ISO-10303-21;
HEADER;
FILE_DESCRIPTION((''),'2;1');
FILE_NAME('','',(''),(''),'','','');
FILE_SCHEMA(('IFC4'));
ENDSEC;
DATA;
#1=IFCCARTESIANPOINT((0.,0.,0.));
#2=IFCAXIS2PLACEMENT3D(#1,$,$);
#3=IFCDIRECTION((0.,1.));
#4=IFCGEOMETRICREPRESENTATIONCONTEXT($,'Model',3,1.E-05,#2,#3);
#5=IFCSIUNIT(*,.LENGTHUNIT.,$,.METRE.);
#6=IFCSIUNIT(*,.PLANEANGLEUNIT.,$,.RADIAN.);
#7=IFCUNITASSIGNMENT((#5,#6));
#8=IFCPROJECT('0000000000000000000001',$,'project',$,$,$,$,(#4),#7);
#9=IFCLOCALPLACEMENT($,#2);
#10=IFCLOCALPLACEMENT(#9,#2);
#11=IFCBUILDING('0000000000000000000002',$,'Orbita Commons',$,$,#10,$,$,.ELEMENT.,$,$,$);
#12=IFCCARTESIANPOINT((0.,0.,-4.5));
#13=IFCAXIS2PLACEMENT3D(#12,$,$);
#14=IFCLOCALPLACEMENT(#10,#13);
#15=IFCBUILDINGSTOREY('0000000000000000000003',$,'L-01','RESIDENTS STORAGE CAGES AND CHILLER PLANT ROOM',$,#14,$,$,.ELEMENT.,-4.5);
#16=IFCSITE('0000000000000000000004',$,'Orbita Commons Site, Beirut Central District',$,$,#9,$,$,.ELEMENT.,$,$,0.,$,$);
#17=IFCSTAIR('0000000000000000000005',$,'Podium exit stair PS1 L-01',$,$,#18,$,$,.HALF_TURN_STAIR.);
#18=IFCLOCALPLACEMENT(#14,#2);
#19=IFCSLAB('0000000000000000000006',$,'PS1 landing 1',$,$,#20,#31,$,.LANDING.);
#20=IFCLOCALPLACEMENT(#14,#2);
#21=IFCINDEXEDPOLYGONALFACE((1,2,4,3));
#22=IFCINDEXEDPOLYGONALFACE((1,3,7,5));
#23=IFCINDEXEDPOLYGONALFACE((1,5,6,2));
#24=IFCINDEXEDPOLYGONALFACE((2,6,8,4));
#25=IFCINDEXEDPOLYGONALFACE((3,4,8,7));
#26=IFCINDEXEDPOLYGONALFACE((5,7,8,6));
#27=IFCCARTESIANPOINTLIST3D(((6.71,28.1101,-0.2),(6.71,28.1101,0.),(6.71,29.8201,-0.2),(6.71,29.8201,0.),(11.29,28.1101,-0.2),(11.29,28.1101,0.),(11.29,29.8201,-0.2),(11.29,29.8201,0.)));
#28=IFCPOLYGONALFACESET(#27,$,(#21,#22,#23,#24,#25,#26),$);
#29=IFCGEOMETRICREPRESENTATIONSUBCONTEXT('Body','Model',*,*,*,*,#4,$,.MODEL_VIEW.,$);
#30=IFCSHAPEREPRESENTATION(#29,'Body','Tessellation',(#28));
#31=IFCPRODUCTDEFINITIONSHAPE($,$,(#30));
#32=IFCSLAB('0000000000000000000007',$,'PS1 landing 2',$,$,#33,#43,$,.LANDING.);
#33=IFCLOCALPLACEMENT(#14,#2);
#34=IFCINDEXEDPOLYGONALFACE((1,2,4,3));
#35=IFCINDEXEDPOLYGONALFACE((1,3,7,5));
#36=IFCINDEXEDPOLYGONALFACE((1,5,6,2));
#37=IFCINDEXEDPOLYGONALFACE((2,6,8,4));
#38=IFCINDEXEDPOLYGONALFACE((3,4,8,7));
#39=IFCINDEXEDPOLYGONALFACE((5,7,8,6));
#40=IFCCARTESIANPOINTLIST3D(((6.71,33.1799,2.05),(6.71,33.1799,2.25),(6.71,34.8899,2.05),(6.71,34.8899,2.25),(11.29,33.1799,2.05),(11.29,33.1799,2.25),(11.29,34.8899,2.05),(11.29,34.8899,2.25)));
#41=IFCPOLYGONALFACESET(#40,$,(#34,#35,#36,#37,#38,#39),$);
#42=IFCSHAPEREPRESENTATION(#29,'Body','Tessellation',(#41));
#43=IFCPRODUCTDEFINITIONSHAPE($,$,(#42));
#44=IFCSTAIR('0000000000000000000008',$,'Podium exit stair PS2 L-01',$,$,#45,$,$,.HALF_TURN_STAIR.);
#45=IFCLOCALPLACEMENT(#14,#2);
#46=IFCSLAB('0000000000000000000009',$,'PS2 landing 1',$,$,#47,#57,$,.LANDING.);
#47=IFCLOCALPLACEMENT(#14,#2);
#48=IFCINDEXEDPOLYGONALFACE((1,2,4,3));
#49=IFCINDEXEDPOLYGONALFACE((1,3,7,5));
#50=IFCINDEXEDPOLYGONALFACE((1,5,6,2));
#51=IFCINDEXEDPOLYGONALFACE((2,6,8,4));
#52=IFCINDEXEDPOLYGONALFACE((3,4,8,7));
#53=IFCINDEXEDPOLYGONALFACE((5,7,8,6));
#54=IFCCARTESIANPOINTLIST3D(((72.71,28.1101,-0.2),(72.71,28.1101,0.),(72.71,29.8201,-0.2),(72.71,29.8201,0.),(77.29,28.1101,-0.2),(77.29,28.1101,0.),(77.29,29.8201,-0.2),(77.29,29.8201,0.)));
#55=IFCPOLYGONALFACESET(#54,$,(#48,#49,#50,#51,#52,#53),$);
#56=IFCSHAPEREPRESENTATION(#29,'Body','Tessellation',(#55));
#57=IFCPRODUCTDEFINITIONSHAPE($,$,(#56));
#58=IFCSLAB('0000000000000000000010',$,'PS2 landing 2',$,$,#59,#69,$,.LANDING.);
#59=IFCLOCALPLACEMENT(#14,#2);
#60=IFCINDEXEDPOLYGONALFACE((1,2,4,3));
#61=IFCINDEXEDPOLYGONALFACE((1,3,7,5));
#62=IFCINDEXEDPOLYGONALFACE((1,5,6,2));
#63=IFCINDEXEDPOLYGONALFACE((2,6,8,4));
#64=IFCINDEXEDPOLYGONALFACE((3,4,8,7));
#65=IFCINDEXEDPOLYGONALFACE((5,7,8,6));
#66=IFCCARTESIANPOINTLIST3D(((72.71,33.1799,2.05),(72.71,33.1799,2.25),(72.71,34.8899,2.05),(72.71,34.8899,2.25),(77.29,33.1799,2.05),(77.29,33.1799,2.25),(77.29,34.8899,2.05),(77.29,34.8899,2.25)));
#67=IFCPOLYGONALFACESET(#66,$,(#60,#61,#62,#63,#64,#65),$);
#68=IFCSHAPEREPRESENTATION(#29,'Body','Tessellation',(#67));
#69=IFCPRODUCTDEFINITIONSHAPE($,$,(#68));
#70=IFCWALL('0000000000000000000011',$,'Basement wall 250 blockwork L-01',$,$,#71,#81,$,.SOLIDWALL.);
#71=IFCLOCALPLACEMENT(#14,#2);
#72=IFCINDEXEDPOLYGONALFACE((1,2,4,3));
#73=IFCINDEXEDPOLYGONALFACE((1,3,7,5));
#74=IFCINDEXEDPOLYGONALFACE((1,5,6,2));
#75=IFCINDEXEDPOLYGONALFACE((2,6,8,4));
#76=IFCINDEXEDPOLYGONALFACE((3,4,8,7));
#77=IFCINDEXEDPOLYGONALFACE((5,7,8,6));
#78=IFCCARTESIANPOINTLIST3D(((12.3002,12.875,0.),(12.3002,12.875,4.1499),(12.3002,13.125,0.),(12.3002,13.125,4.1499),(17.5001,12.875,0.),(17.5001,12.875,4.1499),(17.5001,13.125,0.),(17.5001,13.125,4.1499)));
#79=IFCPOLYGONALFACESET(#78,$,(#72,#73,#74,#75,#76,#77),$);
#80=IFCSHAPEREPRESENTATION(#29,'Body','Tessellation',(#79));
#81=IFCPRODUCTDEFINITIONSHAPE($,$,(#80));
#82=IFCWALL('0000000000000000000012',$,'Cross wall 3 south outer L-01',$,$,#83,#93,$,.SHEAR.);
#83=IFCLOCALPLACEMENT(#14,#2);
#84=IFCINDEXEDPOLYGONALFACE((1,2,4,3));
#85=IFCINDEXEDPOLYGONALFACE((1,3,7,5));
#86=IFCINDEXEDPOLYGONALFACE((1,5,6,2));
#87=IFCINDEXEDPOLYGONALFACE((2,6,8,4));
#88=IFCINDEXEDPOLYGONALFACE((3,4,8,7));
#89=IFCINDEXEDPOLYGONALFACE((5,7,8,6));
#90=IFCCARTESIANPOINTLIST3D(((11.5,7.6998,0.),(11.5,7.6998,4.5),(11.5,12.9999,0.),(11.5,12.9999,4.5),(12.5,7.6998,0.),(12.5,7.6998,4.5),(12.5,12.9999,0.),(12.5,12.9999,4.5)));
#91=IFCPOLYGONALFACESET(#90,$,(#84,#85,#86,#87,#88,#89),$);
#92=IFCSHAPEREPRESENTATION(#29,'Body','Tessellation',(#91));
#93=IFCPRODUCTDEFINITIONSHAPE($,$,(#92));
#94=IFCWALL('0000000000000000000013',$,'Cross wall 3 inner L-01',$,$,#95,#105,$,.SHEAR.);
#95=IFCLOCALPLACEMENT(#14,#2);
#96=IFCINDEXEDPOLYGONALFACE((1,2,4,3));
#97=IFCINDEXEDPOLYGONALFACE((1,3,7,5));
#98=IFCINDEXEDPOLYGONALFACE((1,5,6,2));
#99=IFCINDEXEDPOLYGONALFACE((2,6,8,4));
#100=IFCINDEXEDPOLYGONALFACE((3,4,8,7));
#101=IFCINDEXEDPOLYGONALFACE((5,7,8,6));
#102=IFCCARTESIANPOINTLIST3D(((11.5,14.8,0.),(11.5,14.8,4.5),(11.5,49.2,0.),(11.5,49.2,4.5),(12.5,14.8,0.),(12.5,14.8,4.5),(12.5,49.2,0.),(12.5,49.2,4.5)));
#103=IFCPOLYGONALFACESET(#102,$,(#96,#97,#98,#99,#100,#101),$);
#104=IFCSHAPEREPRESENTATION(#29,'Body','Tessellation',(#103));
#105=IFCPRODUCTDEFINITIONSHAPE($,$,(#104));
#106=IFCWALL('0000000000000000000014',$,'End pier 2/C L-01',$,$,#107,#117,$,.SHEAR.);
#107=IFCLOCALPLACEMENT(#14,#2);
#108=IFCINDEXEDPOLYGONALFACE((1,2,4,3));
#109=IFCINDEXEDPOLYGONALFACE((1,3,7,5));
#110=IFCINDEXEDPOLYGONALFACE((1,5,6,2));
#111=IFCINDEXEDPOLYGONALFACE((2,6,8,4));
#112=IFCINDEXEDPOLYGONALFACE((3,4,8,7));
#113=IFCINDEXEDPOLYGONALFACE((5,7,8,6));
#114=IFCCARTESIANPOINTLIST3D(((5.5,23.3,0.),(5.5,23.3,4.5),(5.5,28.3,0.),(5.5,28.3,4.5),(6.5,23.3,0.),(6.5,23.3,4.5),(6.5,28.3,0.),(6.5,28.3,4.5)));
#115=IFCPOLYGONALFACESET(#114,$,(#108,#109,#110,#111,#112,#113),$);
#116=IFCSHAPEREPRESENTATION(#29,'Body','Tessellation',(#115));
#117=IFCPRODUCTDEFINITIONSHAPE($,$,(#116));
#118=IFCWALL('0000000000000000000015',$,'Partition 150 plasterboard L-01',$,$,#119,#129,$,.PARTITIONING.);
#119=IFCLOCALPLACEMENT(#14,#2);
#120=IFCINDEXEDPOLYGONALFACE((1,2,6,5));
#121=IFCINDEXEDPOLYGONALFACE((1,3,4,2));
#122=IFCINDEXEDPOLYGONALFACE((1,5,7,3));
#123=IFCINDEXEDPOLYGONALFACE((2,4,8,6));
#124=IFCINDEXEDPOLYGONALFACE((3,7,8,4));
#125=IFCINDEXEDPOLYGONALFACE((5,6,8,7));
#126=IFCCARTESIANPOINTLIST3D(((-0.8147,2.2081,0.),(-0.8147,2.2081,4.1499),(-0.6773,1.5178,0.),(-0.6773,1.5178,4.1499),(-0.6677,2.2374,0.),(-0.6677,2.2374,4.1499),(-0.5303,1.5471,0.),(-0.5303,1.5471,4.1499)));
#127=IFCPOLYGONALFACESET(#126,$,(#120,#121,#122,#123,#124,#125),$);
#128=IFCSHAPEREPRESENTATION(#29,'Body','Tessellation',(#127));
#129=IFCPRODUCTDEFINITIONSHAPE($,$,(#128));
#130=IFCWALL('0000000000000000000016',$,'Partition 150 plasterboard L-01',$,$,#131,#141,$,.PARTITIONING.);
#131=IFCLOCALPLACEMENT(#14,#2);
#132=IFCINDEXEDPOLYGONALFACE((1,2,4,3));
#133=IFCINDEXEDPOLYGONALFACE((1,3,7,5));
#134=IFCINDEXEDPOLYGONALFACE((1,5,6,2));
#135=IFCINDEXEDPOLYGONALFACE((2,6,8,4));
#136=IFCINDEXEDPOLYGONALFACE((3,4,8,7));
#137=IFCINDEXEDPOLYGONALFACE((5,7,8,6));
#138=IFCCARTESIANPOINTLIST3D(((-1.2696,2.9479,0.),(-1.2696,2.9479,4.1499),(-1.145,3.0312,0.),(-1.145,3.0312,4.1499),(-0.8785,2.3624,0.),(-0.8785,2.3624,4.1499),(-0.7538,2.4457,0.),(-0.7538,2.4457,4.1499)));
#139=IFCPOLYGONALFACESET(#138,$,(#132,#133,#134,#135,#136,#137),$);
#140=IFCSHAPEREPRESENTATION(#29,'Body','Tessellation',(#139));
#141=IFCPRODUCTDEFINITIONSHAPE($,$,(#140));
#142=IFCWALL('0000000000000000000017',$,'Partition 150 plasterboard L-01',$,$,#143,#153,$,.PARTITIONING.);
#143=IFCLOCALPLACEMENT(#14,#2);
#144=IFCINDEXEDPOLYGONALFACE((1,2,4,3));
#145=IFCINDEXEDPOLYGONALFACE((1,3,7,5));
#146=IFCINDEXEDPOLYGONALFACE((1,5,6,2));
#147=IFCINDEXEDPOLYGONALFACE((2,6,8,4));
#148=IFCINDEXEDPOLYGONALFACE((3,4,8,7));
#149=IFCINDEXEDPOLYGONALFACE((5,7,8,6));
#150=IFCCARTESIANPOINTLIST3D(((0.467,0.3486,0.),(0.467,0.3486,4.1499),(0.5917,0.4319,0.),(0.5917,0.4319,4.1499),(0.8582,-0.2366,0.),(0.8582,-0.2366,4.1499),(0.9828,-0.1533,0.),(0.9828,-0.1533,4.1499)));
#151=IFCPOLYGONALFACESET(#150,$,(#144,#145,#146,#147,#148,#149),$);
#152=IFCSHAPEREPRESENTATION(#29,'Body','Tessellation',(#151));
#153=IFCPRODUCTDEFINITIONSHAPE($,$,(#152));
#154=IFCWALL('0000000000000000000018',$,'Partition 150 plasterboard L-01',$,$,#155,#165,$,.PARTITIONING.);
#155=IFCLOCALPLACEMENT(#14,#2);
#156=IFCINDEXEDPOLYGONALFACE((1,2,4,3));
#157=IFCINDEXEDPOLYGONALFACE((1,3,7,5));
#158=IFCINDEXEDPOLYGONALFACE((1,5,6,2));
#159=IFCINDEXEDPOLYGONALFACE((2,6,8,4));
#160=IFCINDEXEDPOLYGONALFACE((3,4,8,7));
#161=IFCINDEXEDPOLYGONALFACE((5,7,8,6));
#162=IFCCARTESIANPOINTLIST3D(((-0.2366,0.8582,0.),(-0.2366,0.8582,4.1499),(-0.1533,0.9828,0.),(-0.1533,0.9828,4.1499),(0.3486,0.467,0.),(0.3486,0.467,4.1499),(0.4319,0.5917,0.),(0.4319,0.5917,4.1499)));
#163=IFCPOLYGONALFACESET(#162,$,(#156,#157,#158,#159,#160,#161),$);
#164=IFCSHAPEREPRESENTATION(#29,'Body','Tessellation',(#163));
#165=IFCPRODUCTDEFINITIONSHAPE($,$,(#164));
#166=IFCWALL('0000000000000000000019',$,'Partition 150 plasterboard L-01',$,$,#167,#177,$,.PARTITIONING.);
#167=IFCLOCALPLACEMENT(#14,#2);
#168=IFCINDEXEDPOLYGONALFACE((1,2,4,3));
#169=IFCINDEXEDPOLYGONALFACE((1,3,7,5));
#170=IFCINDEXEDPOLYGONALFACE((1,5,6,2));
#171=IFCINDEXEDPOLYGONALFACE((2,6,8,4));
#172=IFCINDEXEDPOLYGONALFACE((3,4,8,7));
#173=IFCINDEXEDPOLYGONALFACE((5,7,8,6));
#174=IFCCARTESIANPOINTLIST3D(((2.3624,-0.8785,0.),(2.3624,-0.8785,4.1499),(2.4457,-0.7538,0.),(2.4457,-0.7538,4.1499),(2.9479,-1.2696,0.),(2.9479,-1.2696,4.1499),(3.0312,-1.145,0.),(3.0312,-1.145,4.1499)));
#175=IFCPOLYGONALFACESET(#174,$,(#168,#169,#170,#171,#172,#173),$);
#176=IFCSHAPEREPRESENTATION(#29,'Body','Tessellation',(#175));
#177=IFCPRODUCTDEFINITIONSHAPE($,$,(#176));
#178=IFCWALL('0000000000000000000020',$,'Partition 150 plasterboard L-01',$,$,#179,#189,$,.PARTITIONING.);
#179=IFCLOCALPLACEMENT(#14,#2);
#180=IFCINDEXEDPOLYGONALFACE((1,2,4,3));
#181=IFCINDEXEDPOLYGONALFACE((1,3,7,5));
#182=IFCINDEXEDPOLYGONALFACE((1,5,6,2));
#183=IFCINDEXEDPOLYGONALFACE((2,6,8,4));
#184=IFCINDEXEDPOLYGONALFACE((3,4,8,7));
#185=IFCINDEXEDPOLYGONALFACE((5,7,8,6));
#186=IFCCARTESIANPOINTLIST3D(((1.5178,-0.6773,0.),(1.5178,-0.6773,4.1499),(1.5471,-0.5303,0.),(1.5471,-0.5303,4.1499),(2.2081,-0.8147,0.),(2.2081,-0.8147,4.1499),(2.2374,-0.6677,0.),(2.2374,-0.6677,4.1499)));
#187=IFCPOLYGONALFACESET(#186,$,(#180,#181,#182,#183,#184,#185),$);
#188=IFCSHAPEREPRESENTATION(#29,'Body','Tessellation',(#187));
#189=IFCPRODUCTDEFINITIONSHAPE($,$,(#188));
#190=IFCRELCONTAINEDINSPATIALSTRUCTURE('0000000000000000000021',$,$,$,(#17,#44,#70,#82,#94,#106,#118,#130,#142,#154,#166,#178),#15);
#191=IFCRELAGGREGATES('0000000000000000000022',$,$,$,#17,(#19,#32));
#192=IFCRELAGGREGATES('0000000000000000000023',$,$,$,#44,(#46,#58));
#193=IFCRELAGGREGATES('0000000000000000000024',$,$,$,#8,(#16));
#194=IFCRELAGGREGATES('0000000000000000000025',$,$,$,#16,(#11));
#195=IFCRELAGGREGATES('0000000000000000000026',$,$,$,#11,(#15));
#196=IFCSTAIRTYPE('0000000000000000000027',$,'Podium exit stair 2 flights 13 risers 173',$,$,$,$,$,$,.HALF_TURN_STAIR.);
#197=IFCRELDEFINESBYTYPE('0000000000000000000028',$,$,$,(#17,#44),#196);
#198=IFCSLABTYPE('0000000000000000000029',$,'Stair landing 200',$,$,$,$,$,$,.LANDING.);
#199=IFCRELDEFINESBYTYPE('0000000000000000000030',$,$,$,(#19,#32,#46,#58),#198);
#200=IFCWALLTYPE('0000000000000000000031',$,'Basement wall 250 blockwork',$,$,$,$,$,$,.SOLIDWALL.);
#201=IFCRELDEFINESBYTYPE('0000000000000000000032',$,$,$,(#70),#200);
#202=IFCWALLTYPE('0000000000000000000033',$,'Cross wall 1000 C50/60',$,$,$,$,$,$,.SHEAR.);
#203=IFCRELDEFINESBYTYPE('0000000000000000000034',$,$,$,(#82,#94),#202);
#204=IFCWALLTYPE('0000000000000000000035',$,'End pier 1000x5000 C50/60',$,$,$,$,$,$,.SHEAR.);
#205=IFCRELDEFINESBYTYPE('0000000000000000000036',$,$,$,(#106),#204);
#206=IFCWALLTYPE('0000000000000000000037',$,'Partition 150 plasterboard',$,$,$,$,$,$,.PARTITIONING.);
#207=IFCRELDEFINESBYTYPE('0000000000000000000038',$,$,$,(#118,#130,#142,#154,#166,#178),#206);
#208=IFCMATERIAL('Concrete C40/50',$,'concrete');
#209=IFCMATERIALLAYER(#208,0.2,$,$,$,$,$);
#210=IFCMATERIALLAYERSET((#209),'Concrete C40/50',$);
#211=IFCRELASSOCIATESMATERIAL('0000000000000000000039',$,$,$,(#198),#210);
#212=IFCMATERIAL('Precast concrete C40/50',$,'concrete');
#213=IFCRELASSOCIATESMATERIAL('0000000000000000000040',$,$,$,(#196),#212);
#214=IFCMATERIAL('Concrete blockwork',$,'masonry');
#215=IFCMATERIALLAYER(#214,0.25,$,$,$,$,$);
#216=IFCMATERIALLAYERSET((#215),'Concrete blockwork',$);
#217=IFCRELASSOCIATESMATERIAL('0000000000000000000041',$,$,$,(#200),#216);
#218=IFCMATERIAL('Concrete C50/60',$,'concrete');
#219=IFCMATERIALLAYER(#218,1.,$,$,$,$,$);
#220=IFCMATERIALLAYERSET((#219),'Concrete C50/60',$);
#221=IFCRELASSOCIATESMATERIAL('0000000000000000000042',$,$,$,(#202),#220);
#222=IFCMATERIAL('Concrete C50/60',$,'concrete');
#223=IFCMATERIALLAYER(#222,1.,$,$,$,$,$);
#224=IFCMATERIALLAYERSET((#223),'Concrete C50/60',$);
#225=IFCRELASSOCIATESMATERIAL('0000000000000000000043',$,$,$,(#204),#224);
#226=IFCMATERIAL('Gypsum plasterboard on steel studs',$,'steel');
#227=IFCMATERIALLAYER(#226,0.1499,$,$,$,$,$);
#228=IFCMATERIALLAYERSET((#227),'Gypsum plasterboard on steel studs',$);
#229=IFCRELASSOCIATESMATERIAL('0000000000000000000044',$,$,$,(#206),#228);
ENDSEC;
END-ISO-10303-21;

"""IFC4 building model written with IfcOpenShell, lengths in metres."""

from ifc_helpers import new_model, si_unit, direction, frame, frame_2d, origin, place, context, subcontext, project, spatial, polyline, rectangle, outline, extrude, material, layer, layer_set, type_object, element, aggregate, save


model = new_model("IFC4")

# Units and contexts
model_context = context("Model", 3, precision=1e-05, world=origin(), true_north=direction((0.0, 1.0)))
body_context = subcontext(model_context, "Body", "Model", "MODEL_VIEW")
ifc_project = project(units=[si_unit("LENGTHUNIT", "METRE"), si_unit("PLANEANGLEUNIT", "RADIAN")], contexts=[model_context])

# Site, building, storey
site_placement = place(None, origin())
site = spatial("IfcSite", under=ifc_project, at=site_placement, Name="Orbita Commons Site, Beirut Central District", CompositionType="ELEMENT", RefElevation=0.0)
building_placement = place(site_placement, origin())
building = spatial("IfcBuilding", under=site, at=building_placement, Name="Orbita Commons", CompositionType="ELEMENT")
storey_placement = place(building_placement, frame((0.0, 0.0, -4.5)))
storey = spatial("IfcBuildingStorey", under=building, at=storey_placement, Name="L-01", Description="RESIDENTS STORAGE CAGES AND CHILLER PLANT ROOM", CompositionType="ELEMENT", Elevation=-4.5)

# Stairs, slabs
ifc_material_1 = material(Name="Concrete C40/50", Category="concrete")
ifc_layer_1 = layer(ifc_material_1, 0.2)
ifc_layer_set_1 = layer_set([ifc_layer_1], Name="Concrete C40/50")
slab_type_1 = type_object("IfcSlabType", Name="Stair landing 200", PredefinedType="LANDING", material=ifc_layer_set_1)
ifc_material_2 = material(Name="Precast concrete C40/50", Category="concrete")
stair_type_1 = type_object("IfcStairType", Name="Podium exit stair 2 flights 13 risers 173", PredefinedType="HALF_TURN_STAIR", material=ifc_material_2)
stair_1_placement = place(storey_placement, origin())
stair_1 = element("IfcStair", 1, at=stair_1_placement, inside=storey, type_object=stair_type_1, Name="Podium exit stair PS1 L-01", PredefinedType="HALF_TURN_STAIR")
slab_1_placement = place(storey_placement, frame((0.0, 0.0, -0.2)))
slab_1 = element("IfcSlab", 2, at=slab_1_placement, type_object=slab_type_1, Name="PS1 landing 1", PredefinedType="LANDING", context=body_context, shape_type="SweptSolid", body=[
    extrude(outline(polyline([(6.71, 28.1101), (11.29, 28.1101), (11.29, 29.8201), (6.71, 29.8201), (6.71, 28.1101)])), origin(), (0.0, 0.0, 1.0), 0.2),
])
slab_2_placement = place(storey_placement, frame((0.0, 0.0, 2.05)))
slab_2 = element("IfcSlab", 3, at=slab_2_placement, type_object=slab_type_1, Name="PS1 landing 2", PredefinedType="LANDING", context=body_context, shape_type="SweptSolid", body=[
    extrude(outline(polyline([(6.71, 33.1799), (11.29, 33.1799), (11.29, 34.8899), (6.71, 34.8899), (6.71, 33.1799)])), origin(), (0.0, 0.0, 1.0), 0.2),
])
aggregate(stair_1, [slab_1, slab_2])
stair_2_placement = place(storey_placement, origin())
stair_2 = element("IfcStair", 4, at=stair_2_placement, inside=storey, type_object=stair_type_1, Name="Podium exit stair PS2 L-01", PredefinedType="HALF_TURN_STAIR")
slab_3_placement = place(storey_placement, frame((0.0, 0.0, -0.2)))
slab_3 = element("IfcSlab", 5, at=slab_3_placement, type_object=slab_type_1, Name="PS2 landing 1", PredefinedType="LANDING", context=body_context, shape_type="SweptSolid", body=[
    extrude(outline(polyline([(72.71, 28.1101), (77.29, 28.1101), (77.29, 29.8201), (72.71, 29.8201), (72.71, 28.1101)])), origin(), (0.0, 0.0, 1.0), 0.2),
])
slab_4_placement = place(storey_placement, frame((0.0, 0.0, 2.05)))
slab_4 = element("IfcSlab", 6, at=slab_4_placement, type_object=slab_type_1, Name="PS2 landing 2", PredefinedType="LANDING", context=body_context, shape_type="SweptSolid", body=[
    extrude(outline(polyline([(72.71, 33.1799), (77.29, 33.1799), (77.29, 34.8899), (72.71, 34.8899), (72.71, 33.1799)])), origin(), (0.0, 0.0, 1.0), 0.2),
])
aggregate(stair_2, [slab_3, slab_4])

# Walls
ifc_material_3 = material(Name="Concrete blockwork", Category="masonry")
ifc_layer_2 = layer(ifc_material_3, 0.25)
ifc_layer_set_2 = layer_set([ifc_layer_2], Name="Concrete blockwork")
wall_type_1 = type_object("IfcWallType", Name="Basement wall 250 blockwork", PredefinedType="SOLIDWALL", material=ifc_layer_set_2)
wall_1_placement = place(storey_placement, frame((12.3, 13.0, 0.0), z_axis=(0.0, 0.0, 1.0), x_axis=(1.0, 0.0, 0.0)))
element("IfcWall", 7, at=wall_1_placement, inside=storey, type_object=wall_type_1, Name="Basement wall 250 blockwork L-01", PredefinedType="SOLIDWALL", context=body_context, shape_type="SweptSolid", body=[
    extrude(rectangle(XDim=5.2, YDim=0.25, at=frame_2d((2.6001, 0.0))), origin(), (0.0, 0.0, 1.0), 4.1499),
])
ifc_material_4 = material(Name="Concrete C50/60", Category="concrete")
ifc_layer_3 = layer(ifc_material_4, 1.0)
ifc_layer_set_3 = layer_set([ifc_layer_3], Name="Concrete C50/60")
wall_type_2 = type_object("IfcWallType", Name="Cross wall 1000 C50/60", PredefinedType="SHEAR", material=ifc_layer_set_3)
wall_2_placement = place(storey_placement, frame((12.0, 7.7, 0.0), z_axis=(0.0, 0.0, 1.0), x_axis=(0.0, 1.0, 0.0)))
element("IfcWall", 8, at=wall_2_placement, inside=storey, type_object=wall_type_2, Name="Cross wall 3 south outer L-01", PredefinedType="SHEAR", context=body_context, shape_type="SweptSolid", body=[
    extrude(rectangle(XDim=5.3, YDim=1.0, at=frame_2d((2.6499, 0.0))), origin(), (0.0, 0.0, 1.0), 4.5),
])
wall_3_placement = place(storey_placement, frame((12.0, 14.8, 0.0), z_axis=(0.0, 0.0, 1.0), x_axis=(0.0, 1.0, 0.0)))
element("IfcWall", 9, at=wall_3_placement, inside=storey, type_object=wall_type_2, Name="Cross wall 3 inner L-01", PredefinedType="SHEAR", context=body_context, shape_type="SweptSolid", body=[
    extrude(rectangle(XDim=34.3999, YDim=1.0, at=frame_2d((17.2, 0.0))), origin(), (0.0, 0.0, 1.0), 4.5),
])
ifc_material_5 = material(Name="Concrete C50/60", Category="concrete")
ifc_layer_4 = layer(ifc_material_5, 1.0)
ifc_layer_set_4 = layer_set([ifc_layer_4], Name="Concrete C50/60")
wall_type_3 = type_object("IfcWallType", Name="End pier 1000x5000 C50/60", PredefinedType="SHEAR", material=ifc_layer_set_4)
wall_4_placement = place(storey_placement, frame((6.0, 23.3, 0.0), z_axis=(0.0, 0.0, 1.0), x_axis=(0.0, 1.0, 0.0)))
element("IfcWall", 10, at=wall_4_placement, inside=storey, type_object=wall_type_3, Name="End pier 2/C L-01", PredefinedType="SHEAR", context=body_context, shape_type="SweptSolid", body=[
    extrude(rectangle(XDim=5.0, YDim=1.0, at=frame_2d((2.5, 0.0))), origin(), (0.0, 0.0, 1.0), 4.5),
])
ifc_material_6 = material(Name="Gypsum plasterboard on steel studs", Category="steel")
ifc_layer_5 = layer(ifc_material_6, 0.1499)
ifc_layer_set_5 = layer_set([ifc_layer_5], Name="Gypsum plasterboard on steel studs")
wall_type_4 = type_object("IfcWallType", Name="Partition 150 plasterboard", PredefinedType="PARTITIONING", material=ifc_layer_set_5)
wall_5_placement = place(storey_placement, frame((-0.7412, 2.2229, 0.0), z_axis=(0.0, 0.0, 1.0), x_axis=(0.195249, -0.980754, 0.0)))
element("IfcWall", 11, at=wall_5_placement, inside=storey, type_object=wall_type_4, Name="Partition 150 plasterboard L-01", PredefinedType="PARTITIONING", context=body_context, shape_type="SweptSolid", body=[
    extrude(rectangle(XDim=0.7039, YDim=0.1499, at=frame_2d((0.3521, 0.0))), origin(), (0.0, 0.0, 1.0), 4.1499),
])
wall_6_placement = place(storey_placement, frame((-0.8162, 2.4041, 0.0), z_axis=(0.0, 0.0, 1.0), x_axis=(-0.5555, 0.831516, 0.0)))
element("IfcWall", 12, at=wall_6_placement, inside=storey, type_object=wall_type_4, Name="Partition 150 plasterboard L-01", PredefinedType="PARTITIONING", context=body_context, shape_type="SweptSolid", body=[
    extrude(rectangle(XDim=0.7041, YDim=0.1499, at=frame_2d((0.3521, 0.0))), origin(), (0.0, 0.0, 1.0), 4.1499),
])
for number, where, z_axis, x_axis, name in (
    (13, (0.5293, 0.3904, 0.0), (0.0, 0.0, 1.0), (0.55566, -0.831409, 0.0), "Partition 150 plasterboard L-01"),
    (14, (0.3904, 0.5293, 0.0), (0.0, 0.0, 1.0), (-0.831409, 0.55566, 0.0), "Partition 150 plasterboard L-01"),
):
    element("IfcWall", number, at=place(storey_placement, frame(where, z_axis=z_axis, x_axis=x_axis)), inside=storey, type_object=wall_type_4, Name=name, PredefinedType="PARTITIONING", context=body_context, shape_type="SweptSolid", body=[
        extrude(rectangle(XDim=0.7039, YDim=0.1499, at=frame_2d((0.3521, 0.0))), origin(), (0.0, 0.0, 1.0), 4.1499),
    ])
wall_7_placement = place(storey_placement, frame((2.4041, -0.8162, 0.0), z_axis=(0.0, 0.0, 1.0), x_axis=(0.831516, -0.5555, 0.0)))
element("IfcWall", 15, at=wall_7_placement, inside=storey, type_object=wall_type_4, Name="Partition 150 plasterboard L-01", PredefinedType="PARTITIONING", context=body_context, shape_type="SweptSolid", body=[
    extrude(rectangle(XDim=0.7041, YDim=0.1499, at=frame_2d((0.3521, 0.0))), origin(), (0.0, 0.0, 1.0), 4.1499),
])
wall_8_placement = place(storey_placement, frame((2.2229, -0.7412, 0.0), z_axis=(0.0, 0.0, 1.0), x_axis=(-0.980754, 0.195249, 0.0)))
element("IfcWall", 16, at=wall_8_placement, inside=storey, type_object=wall_type_4, Name="Partition 150 plasterboard L-01", PredefinedType="PARTITIONING", context=body_context, shape_type="SweptSolid", body=[
    extrude(rectangle(XDim=0.7039, YDim=0.1499, at=frame_2d((0.3521, 0.0))), origin(), (0.0, 0.0, 1.0), 4.1499),
])

save(model, "model.ifc")
